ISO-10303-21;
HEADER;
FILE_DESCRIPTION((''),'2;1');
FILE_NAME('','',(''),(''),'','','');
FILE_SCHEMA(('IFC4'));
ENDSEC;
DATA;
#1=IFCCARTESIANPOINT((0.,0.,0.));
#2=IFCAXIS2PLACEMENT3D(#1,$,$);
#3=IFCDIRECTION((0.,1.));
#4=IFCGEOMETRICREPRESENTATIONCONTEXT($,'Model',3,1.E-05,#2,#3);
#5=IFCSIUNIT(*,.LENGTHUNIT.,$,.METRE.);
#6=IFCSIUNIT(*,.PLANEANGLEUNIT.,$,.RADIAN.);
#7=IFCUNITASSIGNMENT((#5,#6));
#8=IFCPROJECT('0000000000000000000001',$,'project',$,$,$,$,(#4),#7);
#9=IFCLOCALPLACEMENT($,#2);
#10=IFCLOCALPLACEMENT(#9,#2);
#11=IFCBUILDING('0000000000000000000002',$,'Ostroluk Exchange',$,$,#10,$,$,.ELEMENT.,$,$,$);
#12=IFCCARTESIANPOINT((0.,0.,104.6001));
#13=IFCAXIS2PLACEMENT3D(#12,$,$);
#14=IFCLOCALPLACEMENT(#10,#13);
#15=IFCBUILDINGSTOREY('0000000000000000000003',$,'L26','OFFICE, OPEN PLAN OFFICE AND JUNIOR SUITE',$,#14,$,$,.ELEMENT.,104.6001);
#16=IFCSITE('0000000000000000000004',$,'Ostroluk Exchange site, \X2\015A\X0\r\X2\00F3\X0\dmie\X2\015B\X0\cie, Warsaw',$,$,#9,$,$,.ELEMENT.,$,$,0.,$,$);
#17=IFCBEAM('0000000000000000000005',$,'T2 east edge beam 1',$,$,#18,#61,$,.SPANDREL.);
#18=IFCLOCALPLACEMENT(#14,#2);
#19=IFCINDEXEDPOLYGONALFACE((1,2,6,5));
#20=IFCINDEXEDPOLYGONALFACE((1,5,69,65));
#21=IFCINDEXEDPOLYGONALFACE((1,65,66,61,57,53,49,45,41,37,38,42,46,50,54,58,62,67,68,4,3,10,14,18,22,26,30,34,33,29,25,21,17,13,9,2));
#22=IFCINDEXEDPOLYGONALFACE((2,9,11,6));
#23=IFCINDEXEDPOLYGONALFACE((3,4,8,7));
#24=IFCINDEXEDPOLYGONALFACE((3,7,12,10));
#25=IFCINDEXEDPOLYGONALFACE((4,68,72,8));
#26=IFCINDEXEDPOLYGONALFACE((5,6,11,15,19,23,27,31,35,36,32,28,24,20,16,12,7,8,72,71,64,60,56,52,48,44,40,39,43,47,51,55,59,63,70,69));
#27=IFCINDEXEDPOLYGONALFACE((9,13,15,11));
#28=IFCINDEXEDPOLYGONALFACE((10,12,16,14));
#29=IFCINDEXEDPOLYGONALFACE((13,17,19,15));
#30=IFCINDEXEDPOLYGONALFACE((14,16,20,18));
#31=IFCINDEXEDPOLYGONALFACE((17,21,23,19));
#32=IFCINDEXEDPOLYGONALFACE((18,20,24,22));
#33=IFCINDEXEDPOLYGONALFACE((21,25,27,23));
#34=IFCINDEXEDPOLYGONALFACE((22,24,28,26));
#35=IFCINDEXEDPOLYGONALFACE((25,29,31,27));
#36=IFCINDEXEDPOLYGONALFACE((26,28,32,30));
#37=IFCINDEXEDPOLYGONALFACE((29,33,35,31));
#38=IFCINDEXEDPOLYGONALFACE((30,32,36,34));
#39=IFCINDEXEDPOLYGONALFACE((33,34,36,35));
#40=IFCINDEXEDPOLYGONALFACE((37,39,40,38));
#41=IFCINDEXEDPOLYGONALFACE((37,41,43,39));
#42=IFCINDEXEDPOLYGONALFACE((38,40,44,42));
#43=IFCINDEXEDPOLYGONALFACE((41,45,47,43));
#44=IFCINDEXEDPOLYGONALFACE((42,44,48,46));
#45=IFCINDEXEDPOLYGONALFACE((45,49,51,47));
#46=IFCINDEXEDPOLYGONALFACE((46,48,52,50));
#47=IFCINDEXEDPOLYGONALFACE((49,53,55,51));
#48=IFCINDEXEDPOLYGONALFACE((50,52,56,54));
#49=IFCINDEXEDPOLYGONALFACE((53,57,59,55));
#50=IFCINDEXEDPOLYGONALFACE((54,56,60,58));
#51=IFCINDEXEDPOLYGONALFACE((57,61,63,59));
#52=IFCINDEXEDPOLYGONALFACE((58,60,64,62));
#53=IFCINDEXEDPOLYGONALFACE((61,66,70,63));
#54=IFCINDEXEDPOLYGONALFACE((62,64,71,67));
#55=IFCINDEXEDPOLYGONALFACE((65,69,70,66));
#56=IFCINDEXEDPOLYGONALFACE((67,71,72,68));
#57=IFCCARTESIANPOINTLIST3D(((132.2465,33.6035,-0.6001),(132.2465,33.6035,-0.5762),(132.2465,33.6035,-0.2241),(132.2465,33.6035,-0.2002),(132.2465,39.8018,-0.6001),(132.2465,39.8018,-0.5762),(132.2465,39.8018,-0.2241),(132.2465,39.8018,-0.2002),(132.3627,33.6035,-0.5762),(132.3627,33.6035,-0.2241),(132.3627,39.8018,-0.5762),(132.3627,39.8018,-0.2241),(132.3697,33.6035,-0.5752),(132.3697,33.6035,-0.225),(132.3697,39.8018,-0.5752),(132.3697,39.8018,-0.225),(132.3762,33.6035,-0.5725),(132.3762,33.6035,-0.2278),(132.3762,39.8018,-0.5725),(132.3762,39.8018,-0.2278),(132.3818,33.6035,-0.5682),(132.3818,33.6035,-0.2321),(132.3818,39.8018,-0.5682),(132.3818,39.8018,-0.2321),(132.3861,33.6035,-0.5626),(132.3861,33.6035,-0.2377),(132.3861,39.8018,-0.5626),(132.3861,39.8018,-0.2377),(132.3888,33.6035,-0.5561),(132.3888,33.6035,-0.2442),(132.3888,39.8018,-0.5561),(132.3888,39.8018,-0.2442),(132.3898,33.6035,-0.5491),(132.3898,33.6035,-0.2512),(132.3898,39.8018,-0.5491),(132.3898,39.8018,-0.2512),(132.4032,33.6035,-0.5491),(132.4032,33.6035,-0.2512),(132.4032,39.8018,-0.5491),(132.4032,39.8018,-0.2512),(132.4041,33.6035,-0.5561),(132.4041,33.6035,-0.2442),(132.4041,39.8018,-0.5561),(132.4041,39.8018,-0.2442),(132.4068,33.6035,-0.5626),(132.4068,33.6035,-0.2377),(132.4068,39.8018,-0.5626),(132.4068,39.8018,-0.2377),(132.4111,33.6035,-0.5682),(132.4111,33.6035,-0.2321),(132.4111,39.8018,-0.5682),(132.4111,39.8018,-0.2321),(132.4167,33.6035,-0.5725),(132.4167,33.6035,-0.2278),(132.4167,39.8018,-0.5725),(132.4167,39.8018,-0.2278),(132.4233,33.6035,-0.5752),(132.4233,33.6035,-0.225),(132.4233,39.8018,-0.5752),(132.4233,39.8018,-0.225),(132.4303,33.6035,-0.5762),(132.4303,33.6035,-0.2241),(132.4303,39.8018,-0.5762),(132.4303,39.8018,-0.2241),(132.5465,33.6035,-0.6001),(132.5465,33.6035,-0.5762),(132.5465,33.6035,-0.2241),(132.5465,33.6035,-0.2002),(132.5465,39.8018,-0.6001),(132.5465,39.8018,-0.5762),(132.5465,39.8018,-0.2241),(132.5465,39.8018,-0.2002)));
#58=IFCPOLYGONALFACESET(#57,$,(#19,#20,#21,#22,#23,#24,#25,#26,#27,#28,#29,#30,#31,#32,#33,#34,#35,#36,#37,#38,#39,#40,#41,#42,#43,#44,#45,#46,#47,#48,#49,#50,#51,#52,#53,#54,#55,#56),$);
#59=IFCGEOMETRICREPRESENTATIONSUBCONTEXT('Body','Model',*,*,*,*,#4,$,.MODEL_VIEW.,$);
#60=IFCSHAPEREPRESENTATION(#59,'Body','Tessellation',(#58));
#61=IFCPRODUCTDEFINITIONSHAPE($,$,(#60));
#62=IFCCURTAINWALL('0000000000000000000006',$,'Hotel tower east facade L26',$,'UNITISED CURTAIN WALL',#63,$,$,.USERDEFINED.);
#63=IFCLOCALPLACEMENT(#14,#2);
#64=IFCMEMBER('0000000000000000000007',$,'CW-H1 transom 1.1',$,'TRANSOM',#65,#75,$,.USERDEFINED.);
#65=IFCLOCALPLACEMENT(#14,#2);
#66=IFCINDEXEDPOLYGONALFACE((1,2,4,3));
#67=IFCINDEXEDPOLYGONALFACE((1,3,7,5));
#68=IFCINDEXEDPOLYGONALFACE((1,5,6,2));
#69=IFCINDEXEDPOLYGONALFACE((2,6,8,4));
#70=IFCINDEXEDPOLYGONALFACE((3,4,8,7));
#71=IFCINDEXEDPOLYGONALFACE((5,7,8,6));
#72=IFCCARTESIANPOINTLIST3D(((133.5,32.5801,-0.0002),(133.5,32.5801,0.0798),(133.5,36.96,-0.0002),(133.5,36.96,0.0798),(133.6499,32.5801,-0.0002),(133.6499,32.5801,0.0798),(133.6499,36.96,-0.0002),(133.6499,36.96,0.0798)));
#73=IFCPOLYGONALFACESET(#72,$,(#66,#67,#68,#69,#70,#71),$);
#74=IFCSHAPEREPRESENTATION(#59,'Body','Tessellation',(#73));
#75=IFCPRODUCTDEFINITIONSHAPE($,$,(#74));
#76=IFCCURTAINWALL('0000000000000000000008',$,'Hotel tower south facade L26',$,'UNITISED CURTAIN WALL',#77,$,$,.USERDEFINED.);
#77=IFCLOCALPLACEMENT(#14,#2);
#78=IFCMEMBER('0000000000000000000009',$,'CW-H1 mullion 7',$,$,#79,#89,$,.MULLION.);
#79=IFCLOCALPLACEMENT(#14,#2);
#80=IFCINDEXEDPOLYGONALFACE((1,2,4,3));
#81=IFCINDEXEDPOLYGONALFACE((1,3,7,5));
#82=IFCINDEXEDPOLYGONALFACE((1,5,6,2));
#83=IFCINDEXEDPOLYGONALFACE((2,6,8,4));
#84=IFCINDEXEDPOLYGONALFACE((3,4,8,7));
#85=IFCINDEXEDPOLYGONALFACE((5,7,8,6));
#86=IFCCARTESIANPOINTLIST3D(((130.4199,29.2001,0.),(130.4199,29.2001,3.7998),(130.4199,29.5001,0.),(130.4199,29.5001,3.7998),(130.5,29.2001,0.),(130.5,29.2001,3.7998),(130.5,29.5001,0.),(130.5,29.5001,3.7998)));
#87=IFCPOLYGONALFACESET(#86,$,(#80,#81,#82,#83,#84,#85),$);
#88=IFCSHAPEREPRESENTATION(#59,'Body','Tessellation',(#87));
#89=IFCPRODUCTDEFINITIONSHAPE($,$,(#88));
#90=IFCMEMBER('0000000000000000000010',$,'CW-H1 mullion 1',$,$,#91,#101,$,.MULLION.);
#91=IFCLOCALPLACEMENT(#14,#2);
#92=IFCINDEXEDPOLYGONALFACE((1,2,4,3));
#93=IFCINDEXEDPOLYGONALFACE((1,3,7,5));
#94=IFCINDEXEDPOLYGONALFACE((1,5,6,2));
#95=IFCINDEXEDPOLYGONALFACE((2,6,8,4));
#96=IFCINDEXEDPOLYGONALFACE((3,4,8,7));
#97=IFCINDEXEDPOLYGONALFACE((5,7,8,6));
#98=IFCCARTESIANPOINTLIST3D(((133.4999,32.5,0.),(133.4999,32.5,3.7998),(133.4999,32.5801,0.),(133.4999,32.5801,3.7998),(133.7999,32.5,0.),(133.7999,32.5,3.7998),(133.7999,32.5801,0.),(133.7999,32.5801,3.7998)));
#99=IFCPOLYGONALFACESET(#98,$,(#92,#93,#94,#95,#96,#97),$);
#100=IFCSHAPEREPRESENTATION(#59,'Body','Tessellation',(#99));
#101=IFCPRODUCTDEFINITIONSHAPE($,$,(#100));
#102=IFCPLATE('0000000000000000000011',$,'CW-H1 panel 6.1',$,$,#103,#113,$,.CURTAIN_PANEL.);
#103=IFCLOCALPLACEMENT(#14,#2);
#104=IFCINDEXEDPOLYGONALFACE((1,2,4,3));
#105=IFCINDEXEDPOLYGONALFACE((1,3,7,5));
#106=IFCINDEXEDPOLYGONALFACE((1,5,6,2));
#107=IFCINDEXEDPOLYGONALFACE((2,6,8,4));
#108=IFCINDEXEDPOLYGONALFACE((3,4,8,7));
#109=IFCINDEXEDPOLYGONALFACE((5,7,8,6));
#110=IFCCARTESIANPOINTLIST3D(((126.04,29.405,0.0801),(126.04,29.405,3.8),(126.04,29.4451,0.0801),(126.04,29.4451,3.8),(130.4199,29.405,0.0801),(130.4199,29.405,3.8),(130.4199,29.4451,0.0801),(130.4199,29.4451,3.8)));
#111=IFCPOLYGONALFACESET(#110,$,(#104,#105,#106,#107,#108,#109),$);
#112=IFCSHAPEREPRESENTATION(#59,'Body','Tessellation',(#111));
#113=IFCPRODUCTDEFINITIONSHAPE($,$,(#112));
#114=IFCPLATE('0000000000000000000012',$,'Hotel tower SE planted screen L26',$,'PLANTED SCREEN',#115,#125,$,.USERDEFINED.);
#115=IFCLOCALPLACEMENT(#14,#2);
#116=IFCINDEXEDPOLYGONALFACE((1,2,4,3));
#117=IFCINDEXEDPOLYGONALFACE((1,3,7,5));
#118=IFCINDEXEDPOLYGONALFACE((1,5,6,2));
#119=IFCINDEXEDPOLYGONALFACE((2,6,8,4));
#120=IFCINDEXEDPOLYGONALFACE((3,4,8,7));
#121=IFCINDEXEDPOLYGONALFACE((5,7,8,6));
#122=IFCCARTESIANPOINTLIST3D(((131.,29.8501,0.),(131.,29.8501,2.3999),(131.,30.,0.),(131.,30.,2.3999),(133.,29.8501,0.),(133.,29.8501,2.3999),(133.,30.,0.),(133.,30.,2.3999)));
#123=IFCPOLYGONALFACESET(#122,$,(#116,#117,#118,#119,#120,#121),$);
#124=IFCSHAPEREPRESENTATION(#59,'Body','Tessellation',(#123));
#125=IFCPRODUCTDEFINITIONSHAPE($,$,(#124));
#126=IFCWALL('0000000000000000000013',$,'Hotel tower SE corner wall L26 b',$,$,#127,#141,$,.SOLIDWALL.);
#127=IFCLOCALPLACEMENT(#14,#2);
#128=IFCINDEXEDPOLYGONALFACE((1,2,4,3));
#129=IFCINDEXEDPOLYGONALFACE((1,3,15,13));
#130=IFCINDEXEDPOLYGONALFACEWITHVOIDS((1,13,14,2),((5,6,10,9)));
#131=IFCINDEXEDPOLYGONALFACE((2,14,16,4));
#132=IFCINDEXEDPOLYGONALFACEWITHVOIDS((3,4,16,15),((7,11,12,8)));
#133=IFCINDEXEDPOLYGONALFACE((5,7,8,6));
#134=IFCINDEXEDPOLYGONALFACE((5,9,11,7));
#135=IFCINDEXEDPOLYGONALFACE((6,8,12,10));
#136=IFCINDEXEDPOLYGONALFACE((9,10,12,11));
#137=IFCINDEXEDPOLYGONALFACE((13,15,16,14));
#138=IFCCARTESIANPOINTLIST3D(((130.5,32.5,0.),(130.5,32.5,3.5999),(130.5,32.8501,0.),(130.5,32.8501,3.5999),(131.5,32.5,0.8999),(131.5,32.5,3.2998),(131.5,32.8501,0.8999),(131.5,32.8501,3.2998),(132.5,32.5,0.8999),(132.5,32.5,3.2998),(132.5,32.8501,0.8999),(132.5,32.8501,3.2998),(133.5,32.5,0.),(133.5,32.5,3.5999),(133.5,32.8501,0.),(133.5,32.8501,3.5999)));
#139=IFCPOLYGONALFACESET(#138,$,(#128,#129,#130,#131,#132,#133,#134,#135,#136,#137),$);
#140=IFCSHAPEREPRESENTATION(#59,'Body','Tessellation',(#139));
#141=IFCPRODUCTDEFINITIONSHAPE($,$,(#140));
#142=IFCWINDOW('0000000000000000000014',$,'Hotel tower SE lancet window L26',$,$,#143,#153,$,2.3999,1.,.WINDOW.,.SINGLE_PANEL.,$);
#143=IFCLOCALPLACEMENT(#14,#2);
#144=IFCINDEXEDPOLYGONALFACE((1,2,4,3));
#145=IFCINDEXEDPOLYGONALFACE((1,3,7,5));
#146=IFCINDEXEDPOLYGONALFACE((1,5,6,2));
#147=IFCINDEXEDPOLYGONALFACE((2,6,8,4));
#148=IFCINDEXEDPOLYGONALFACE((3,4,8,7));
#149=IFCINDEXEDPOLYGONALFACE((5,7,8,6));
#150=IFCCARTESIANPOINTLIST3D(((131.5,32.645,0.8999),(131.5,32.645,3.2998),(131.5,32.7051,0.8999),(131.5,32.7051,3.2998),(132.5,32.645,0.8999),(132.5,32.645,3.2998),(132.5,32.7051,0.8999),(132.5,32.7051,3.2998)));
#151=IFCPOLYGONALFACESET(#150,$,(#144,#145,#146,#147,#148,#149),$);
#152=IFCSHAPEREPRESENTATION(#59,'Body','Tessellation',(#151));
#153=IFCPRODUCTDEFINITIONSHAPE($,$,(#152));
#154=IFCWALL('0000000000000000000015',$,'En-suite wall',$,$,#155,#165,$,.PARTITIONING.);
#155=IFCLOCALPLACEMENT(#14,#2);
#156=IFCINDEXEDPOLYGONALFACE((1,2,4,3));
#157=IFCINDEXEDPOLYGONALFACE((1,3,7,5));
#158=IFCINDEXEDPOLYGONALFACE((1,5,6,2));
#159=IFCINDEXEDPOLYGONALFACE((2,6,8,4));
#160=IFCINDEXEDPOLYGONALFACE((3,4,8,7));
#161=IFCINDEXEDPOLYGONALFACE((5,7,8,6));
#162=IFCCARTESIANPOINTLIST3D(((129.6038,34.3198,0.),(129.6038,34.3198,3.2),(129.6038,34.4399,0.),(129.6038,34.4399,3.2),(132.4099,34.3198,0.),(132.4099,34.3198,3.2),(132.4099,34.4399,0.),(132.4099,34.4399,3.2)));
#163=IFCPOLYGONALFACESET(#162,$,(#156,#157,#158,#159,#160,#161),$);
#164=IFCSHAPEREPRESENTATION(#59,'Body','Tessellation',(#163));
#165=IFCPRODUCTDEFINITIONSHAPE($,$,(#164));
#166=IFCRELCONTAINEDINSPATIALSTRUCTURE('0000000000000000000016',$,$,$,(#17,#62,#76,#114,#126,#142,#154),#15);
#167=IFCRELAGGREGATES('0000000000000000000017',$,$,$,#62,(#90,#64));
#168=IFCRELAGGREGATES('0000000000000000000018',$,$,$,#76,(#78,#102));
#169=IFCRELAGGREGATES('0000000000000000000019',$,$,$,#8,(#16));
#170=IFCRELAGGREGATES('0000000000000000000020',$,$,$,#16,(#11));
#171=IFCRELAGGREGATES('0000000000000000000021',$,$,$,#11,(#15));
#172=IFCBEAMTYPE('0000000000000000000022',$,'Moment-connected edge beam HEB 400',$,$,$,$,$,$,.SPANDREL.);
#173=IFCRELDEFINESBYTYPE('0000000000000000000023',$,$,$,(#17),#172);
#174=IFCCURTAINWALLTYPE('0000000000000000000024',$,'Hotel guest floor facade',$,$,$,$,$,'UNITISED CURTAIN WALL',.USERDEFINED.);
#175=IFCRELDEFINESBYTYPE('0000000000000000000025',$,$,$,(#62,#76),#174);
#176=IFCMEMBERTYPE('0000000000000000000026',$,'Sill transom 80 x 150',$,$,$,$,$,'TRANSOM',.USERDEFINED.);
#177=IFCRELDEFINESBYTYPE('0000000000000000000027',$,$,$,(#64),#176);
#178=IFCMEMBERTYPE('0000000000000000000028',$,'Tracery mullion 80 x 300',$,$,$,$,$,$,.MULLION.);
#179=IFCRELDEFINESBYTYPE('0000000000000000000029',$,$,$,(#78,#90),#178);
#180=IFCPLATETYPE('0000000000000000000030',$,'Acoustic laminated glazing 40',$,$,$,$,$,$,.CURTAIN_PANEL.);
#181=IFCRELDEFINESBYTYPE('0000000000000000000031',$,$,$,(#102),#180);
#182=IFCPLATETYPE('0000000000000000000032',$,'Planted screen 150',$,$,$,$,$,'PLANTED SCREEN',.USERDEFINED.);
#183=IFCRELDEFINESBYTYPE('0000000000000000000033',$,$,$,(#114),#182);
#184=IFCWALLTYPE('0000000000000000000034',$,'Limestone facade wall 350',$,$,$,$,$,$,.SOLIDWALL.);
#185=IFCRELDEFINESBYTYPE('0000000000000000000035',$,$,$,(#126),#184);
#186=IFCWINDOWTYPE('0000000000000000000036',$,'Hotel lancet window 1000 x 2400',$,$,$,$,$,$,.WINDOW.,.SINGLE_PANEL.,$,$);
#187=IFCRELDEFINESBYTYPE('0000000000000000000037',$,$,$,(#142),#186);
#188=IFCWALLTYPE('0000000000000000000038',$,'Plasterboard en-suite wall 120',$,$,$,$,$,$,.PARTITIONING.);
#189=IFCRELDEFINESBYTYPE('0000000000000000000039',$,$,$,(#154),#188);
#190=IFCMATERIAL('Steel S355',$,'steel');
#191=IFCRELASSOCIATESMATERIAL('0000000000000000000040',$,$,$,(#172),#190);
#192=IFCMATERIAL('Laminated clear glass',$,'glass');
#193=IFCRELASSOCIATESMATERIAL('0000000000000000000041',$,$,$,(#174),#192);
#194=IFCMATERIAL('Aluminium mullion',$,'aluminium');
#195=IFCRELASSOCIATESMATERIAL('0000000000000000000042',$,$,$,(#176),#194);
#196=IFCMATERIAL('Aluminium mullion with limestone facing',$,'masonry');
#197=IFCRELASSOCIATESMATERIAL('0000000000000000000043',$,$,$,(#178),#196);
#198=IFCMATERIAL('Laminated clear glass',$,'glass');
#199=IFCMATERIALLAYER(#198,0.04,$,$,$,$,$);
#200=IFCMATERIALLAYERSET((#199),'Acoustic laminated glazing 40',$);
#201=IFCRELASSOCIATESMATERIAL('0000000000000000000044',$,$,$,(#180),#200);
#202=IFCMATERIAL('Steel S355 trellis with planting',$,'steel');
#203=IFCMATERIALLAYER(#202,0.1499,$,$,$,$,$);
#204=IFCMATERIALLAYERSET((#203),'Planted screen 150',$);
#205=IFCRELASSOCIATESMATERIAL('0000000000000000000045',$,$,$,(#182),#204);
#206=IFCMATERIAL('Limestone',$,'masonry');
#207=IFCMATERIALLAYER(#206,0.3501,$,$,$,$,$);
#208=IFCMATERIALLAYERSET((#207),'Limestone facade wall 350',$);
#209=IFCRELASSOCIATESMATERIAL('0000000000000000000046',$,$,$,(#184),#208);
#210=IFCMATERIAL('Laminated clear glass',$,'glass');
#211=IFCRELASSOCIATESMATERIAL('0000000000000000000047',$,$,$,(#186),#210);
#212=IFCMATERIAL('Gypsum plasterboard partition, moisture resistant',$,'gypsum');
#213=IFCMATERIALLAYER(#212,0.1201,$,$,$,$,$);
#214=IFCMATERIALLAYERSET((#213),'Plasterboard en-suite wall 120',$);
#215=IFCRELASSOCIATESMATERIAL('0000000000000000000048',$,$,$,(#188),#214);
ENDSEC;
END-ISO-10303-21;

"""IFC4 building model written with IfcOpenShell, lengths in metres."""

from ifc_helpers import new_model, si_unit, direction, frame, frame_2d, origin, origin_2d, place, context, subcontext, project, spatial, rectangle, i_section, extrude, material, layer, layer_set, material_profile, profile_set, type_object, element, fill, aggregate, save


model = new_model("IFC4")

# Units and contexts
model_context = context("Model", 3, precision=1e-05, world=origin(), true_north=direction((0.0, 1.0)))
body_context = subcontext(model_context, "Body", "Model", "MODEL_VIEW")
ifc_project = project(units=[si_unit("LENGTHUNIT", "METRE"), si_unit("PLANEANGLEUNIT", "RADIAN")], contexts=[model_context])

# Site, building, storey
site_placement = place(None, origin())
site = spatial("IfcSite", under=ifc_project, at=site_placement, Name="Ostroluk Exchange site, Śródmieście, Warsaw", CompositionType="ELEMENT", RefElevation=0.0)
building_placement = place(site_placement, origin())
building = spatial("IfcBuilding", under=site, at=building_placement, Name="Ostroluk Exchange", CompositionType="ELEMENT")
storey_placement = place(building_placement, frame((0.0, 0.0, 104.6001)))
storey = spatial("IfcBuildingStorey", under=building, at=storey_placement, Name="L26", Description="OFFICE, OPEN PLAN OFFICE AND JUNIOR SUITE", CompositionType="ELEMENT", Elevation=104.6001)

# Beam
ifc_material_1 = material(Name="Steel S355", Category="steel")
ifc_material_profile_1 = material_profile(ifc_material_1, i_section(OverallWidth=0.3, OverallDepth=0.3999, WebThickness=0.0134, FlangeThickness=0.0239, FilletRadius=0.0271, at=origin_2d()), Name="HEB 400")
ifc_profile_set_1 = profile_set([ifc_material_profile_1], Name="Steel S355")
beam_type_1 = type_object("IfcBeamType", Name="Moment-connected edge beam HEB 400", PredefinedType="SPANDREL", material=ifc_profile_set_1)
beam_1_placement = place(storey_placement, frame((132.3965, 33.6035, -0.4001), z_axis=(0.0, 1.0, 0.0), x_axis=(-1.0, 0.0, 0.0)))
element("IfcBeam", 1, at=beam_1_placement, inside=storey, type_object=beam_type_1, Name="T2 east edge beam 1", PredefinedType="SPANDREL", context=body_context, shape_type="SweptSolid", body=[
    extrude(i_section(OverallWidth=0.3, OverallDepth=0.3999, WebThickness=0.0134, FlangeThickness=0.0239, FilletRadius=0.0271, at=origin_2d()), origin(), (0.0, 0.0, 1.0), 6.1982),
])

# Curtain walls, members
ifc_material_2 = material(Name="Laminated clear glass", Category="glass")
curtain_wall_type = type_object("IfcCurtainWallType", Name="Hotel guest floor facade", ElementType="UNITISED CURTAIN WALL", PredefinedType="USERDEFINED", material=ifc_material_2)
curtain_wall_1_placement = place(storey_placement, origin())
curtain_wall_1 = element("IfcCurtainWall", 2, at=curtain_wall_1_placement, inside=storey, type_object=curtain_wall_type, Name="Hotel tower east facade L26", ObjectType="UNITISED CURTAIN WALL", PredefinedType="USERDEFINED")
ifc_material_3 = material(Name="Aluminium mullion", Category="aluminium")
ifc_material_profile_2 = material_profile(ifc_material_3, rectangle(XDim=0.1499, YDim=0.0801, at=origin_2d()), Name="Sill transom 80 x 150")
ifc_profile_set_2 = profile_set([ifc_material_profile_2], Name="Aluminium mullion")
member_type_1 = type_object("IfcMemberType", Name="Sill transom 80 x 150", ElementType="TRANSOM", PredefinedType="USERDEFINED", material=ifc_profile_set_2)
member_1_placement = place(storey_placement, frame((133.575, 32.5801, 0.0398), z_axis=(0.0, 1.0, 0.0), x_axis=(-1.0, 0.0, 0.0)))
member_1 = element("IfcMember", 3, at=member_1_placement, type_object=member_type_1, Name="CW-H1 transom 1.1", ObjectType="TRANSOM", PredefinedType="USERDEFINED", context=body_context, shape_type="SweptSolid", body=[
    extrude(rectangle(XDim=0.1499, YDim=0.0801, at=origin_2d()), origin(), (0.0, 0.0, 1.0), 4.3799),
])
curtain_wall_2_placement = place(storey_placement, origin())
curtain_wall_2 = element("IfcCurtainWall", 4, at=curtain_wall_2_placement, inside=storey, type_object=curtain_wall_type, Name="Hotel tower south facade L26", ObjectType="UNITISED CURTAIN WALL", PredefinedType="USERDEFINED")
ifc_material_4 = material(Name="Aluminium mullion with limestone facing", Category="masonry")
ifc_material_profile_3 = material_profile(ifc_material_4, rectangle(XDim=0.3, YDim=0.0801, at=origin_2d()), Name="Tracery mullion 80 x 300")
ifc_profile_set_3 = profile_set([ifc_material_profile_3], Name="Aluminium mullion with limestone facing")
member_type_2 = type_object("IfcMemberType", Name="Tracery mullion 80 x 300", PredefinedType="MULLION", material=ifc_profile_set_3)
member_2_placement = place(storey_placement, frame((130.46, 29.3501, 0.0), z_axis=(0.0, 0.0, 1.0), x_axis=(0.0, 1.0, 0.0)))
member_2 = element("IfcMember", 5, at=member_2_placement, type_object=member_type_2, Name="CW-H1 mullion 7", PredefinedType="MULLION", context=body_context, shape_type="SweptSolid", body=[
    extrude(rectangle(XDim=0.3, YDim=0.0801, at=origin_2d()), origin(), (0.0, 0.0, 1.0), 3.7998),
])

# Member
member_3_placement = place(storey_placement, frame((133.6499, 32.54, 0.0), z_axis=(0.0, 0.0, 1.0), x_axis=(-1.0, 0.0, 0.0)))
member_3 = element("IfcMember", 6, at=member_3_placement, type_object=member_type_2, Name="CW-H1 mullion 1", PredefinedType="MULLION", context=body_context, shape_type="SweptSolid", body=[
    extrude(rectangle(XDim=0.3, YDim=0.0801, at=origin_2d()), origin(), (0.0, 0.0, 1.0), 3.7998),
])
aggregate(curtain_wall_1, [member_3, member_1])

# Plates
ifc_material_5 = material(Name="Laminated clear glass", Category="glass")
ifc_layer_1 = layer(ifc_material_5, 0.04)
ifc_layer_set_1 = layer_set([ifc_layer_1], Name="Acoustic laminated glazing 40")
plate_type_1 = type_object("IfcPlateType", Name="Acoustic laminated glazing 40", PredefinedType="CURTAIN_PANEL", material=ifc_layer_set_1)
plate_1_placement = place(storey_placement, frame((128.23, 29.425, 0.0801), z_axis=(0.0, 0.0, 1.0), x_axis=(1.0, 0.0, 0.0)))
plate_1 = element("IfcPlate", 7, at=plate_1_placement, type_object=plate_type_1, Name="CW-H1 panel 6.1", PredefinedType="CURTAIN_PANEL", context=body_context, shape_type="SweptSolid", body=[
    extrude(rectangle(XDim=4.3799, YDim=0.04, at=origin_2d()), origin(), (0.0, 0.0, 1.0), 3.72),
])
aggregate(curtain_wall_2, [member_2, plate_1])
ifc_material_6 = material(Name="Steel S355 trellis with planting", Category="steel")
ifc_layer_2 = layer(ifc_material_6, 0.1499)
ifc_layer_set_2 = layer_set([ifc_layer_2], Name="Planted screen 150")
plate_type_2 = type_object("IfcPlateType", Name="Planted screen 150", ElementType="PLANTED SCREEN", PredefinedType="USERDEFINED", material=ifc_layer_set_2)
plate_2_placement = place(storey_placement, frame((132.0, 29.925, 0.0), z_axis=(0.0, 0.0, 1.0), x_axis=(1.0, 0.0, 0.0)))
element("IfcPlate", 8, at=plate_2_placement, inside=storey, type_object=plate_type_2, Name="Hotel tower SE planted screen L26", ObjectType="PLANTED SCREEN", PredefinedType="USERDEFINED", context=body_context, shape_type="SweptSolid", body=[
    extrude(rectangle(XDim=2.0, YDim=0.1499, at=origin_2d()), origin(), (0.0, 0.0, 1.0), 2.3999),
])

# Shared definitions
ifc_material_7 = material(Name="Limestone", Category="masonry")
ifc_layer_3 = layer(ifc_material_7, 0.3501)
ifc_layer_set_3 = layer_set([ifc_layer_3], Name="Limestone facade wall 350")
wall_type_1 = type_object("IfcWallType", Name="Limestone facade wall 350", PredefinedType="SOLIDWALL", material=ifc_layer_set_3)

# Wall, opening, window
wall_1_placement = place(storey_placement, frame((130.5, 32.675, 0.0), z_axis=(0.0, 0.0, 1.0), x_axis=(1.0, 0.0, 0.0)))
wall_1 = element("IfcWall", 9, at=wall_1_placement, inside=storey, type_object=wall_type_1, Name="Hotel tower SE corner wall L26 b", PredefinedType="SOLIDWALL", context=body_context, shape_type="SweptSolid", body=[
    extrude(rectangle(XDim=3.0, YDim=0.3501, at=frame_2d((1.5, 0.0))), origin(), (0.0, 0.0, 1.0), 3.5999),
])
opening_1_placement = place(wall_1_placement, frame((1.0, 0.0, 0.8999)))
opening_1 = element("IfcOpeningElement", 10, at=opening_1_placement, cuts=wall_1, PredefinedType="OPENING", context=body_context, shape_type="SweptSolid", body=[
    extrude(rectangle(XDim=1.0, YDim=2.3999, at=frame_2d((0.5, 1.2))), frame((0.0, 0.1851, 0.0), z_axis=(0.0, -1.0, 0.0), x_axis=(1.0, 0.0, 0.0)), (0.0, 0.0, 1.0), 0.3701),
])
ifc_material_8 = material(Name="Laminated clear glass", Category="glass")
window_type = type_object("IfcWindowType", Name="Hotel lancet window 1000 x 2400", PartitioningType="SINGLE_PANEL", PredefinedType="WINDOW", material=ifc_material_8)
window_placement = place(opening_1_placement, origin())
window = element("IfcWindow", 11, at=window_placement, inside=storey, type_object=window_type, Name="Hotel tower SE lancet window L26", OverallHeight=2.3999, OverallWidth=1.0, PartitioningType="SINGLE_PANEL", PredefinedType="WINDOW", context=body_context, shape_type="SweptSolid", body=[
    extrude(rectangle(XDim=1.0, YDim=2.3999, at=frame_2d((0.5, 1.2))), frame((0.0, 0.03, 0.0), z_axis=(0.0, -1.0, 0.0), x_axis=(1.0, 0.0, 0.0)), (0.0, 0.0, 1.0), 0.0601),
])
fill(opening_1, window)

# Wall
ifc_material_9 = material(Name="Gypsum plasterboard partition, moisture resistant", Category="gypsum")
ifc_layer_4 = layer(ifc_material_9, 0.1201)
ifc_layer_set_4 = layer_set([ifc_layer_4], Name="Plasterboard en-suite wall 120")
wall_type_2 = type_object("IfcWallType", Name="Plasterboard en-suite wall 120", PredefinedType="PARTITIONING", material=ifc_layer_set_4)
wall_2_placement = place(storey_placement, frame((129.6038, 34.3799, 0.0), z_axis=(0.0, 0.0, 1.0), x_axis=(1.0, 0.0, 0.0)))
element("IfcWall", 12, at=wall_2_placement, inside=storey, type_object=wall_type_2, Name="En-suite wall", PredefinedType="PARTITIONING", context=body_context, shape_type="SweptSolid", body=[
    extrude(rectangle(XDim=2.8062, YDim=0.1201, at=frame_2d((1.4031, 0.0))), origin(), (0.0, 0.0, 1.0), 3.2),
])

save(model, "model.ifc")
